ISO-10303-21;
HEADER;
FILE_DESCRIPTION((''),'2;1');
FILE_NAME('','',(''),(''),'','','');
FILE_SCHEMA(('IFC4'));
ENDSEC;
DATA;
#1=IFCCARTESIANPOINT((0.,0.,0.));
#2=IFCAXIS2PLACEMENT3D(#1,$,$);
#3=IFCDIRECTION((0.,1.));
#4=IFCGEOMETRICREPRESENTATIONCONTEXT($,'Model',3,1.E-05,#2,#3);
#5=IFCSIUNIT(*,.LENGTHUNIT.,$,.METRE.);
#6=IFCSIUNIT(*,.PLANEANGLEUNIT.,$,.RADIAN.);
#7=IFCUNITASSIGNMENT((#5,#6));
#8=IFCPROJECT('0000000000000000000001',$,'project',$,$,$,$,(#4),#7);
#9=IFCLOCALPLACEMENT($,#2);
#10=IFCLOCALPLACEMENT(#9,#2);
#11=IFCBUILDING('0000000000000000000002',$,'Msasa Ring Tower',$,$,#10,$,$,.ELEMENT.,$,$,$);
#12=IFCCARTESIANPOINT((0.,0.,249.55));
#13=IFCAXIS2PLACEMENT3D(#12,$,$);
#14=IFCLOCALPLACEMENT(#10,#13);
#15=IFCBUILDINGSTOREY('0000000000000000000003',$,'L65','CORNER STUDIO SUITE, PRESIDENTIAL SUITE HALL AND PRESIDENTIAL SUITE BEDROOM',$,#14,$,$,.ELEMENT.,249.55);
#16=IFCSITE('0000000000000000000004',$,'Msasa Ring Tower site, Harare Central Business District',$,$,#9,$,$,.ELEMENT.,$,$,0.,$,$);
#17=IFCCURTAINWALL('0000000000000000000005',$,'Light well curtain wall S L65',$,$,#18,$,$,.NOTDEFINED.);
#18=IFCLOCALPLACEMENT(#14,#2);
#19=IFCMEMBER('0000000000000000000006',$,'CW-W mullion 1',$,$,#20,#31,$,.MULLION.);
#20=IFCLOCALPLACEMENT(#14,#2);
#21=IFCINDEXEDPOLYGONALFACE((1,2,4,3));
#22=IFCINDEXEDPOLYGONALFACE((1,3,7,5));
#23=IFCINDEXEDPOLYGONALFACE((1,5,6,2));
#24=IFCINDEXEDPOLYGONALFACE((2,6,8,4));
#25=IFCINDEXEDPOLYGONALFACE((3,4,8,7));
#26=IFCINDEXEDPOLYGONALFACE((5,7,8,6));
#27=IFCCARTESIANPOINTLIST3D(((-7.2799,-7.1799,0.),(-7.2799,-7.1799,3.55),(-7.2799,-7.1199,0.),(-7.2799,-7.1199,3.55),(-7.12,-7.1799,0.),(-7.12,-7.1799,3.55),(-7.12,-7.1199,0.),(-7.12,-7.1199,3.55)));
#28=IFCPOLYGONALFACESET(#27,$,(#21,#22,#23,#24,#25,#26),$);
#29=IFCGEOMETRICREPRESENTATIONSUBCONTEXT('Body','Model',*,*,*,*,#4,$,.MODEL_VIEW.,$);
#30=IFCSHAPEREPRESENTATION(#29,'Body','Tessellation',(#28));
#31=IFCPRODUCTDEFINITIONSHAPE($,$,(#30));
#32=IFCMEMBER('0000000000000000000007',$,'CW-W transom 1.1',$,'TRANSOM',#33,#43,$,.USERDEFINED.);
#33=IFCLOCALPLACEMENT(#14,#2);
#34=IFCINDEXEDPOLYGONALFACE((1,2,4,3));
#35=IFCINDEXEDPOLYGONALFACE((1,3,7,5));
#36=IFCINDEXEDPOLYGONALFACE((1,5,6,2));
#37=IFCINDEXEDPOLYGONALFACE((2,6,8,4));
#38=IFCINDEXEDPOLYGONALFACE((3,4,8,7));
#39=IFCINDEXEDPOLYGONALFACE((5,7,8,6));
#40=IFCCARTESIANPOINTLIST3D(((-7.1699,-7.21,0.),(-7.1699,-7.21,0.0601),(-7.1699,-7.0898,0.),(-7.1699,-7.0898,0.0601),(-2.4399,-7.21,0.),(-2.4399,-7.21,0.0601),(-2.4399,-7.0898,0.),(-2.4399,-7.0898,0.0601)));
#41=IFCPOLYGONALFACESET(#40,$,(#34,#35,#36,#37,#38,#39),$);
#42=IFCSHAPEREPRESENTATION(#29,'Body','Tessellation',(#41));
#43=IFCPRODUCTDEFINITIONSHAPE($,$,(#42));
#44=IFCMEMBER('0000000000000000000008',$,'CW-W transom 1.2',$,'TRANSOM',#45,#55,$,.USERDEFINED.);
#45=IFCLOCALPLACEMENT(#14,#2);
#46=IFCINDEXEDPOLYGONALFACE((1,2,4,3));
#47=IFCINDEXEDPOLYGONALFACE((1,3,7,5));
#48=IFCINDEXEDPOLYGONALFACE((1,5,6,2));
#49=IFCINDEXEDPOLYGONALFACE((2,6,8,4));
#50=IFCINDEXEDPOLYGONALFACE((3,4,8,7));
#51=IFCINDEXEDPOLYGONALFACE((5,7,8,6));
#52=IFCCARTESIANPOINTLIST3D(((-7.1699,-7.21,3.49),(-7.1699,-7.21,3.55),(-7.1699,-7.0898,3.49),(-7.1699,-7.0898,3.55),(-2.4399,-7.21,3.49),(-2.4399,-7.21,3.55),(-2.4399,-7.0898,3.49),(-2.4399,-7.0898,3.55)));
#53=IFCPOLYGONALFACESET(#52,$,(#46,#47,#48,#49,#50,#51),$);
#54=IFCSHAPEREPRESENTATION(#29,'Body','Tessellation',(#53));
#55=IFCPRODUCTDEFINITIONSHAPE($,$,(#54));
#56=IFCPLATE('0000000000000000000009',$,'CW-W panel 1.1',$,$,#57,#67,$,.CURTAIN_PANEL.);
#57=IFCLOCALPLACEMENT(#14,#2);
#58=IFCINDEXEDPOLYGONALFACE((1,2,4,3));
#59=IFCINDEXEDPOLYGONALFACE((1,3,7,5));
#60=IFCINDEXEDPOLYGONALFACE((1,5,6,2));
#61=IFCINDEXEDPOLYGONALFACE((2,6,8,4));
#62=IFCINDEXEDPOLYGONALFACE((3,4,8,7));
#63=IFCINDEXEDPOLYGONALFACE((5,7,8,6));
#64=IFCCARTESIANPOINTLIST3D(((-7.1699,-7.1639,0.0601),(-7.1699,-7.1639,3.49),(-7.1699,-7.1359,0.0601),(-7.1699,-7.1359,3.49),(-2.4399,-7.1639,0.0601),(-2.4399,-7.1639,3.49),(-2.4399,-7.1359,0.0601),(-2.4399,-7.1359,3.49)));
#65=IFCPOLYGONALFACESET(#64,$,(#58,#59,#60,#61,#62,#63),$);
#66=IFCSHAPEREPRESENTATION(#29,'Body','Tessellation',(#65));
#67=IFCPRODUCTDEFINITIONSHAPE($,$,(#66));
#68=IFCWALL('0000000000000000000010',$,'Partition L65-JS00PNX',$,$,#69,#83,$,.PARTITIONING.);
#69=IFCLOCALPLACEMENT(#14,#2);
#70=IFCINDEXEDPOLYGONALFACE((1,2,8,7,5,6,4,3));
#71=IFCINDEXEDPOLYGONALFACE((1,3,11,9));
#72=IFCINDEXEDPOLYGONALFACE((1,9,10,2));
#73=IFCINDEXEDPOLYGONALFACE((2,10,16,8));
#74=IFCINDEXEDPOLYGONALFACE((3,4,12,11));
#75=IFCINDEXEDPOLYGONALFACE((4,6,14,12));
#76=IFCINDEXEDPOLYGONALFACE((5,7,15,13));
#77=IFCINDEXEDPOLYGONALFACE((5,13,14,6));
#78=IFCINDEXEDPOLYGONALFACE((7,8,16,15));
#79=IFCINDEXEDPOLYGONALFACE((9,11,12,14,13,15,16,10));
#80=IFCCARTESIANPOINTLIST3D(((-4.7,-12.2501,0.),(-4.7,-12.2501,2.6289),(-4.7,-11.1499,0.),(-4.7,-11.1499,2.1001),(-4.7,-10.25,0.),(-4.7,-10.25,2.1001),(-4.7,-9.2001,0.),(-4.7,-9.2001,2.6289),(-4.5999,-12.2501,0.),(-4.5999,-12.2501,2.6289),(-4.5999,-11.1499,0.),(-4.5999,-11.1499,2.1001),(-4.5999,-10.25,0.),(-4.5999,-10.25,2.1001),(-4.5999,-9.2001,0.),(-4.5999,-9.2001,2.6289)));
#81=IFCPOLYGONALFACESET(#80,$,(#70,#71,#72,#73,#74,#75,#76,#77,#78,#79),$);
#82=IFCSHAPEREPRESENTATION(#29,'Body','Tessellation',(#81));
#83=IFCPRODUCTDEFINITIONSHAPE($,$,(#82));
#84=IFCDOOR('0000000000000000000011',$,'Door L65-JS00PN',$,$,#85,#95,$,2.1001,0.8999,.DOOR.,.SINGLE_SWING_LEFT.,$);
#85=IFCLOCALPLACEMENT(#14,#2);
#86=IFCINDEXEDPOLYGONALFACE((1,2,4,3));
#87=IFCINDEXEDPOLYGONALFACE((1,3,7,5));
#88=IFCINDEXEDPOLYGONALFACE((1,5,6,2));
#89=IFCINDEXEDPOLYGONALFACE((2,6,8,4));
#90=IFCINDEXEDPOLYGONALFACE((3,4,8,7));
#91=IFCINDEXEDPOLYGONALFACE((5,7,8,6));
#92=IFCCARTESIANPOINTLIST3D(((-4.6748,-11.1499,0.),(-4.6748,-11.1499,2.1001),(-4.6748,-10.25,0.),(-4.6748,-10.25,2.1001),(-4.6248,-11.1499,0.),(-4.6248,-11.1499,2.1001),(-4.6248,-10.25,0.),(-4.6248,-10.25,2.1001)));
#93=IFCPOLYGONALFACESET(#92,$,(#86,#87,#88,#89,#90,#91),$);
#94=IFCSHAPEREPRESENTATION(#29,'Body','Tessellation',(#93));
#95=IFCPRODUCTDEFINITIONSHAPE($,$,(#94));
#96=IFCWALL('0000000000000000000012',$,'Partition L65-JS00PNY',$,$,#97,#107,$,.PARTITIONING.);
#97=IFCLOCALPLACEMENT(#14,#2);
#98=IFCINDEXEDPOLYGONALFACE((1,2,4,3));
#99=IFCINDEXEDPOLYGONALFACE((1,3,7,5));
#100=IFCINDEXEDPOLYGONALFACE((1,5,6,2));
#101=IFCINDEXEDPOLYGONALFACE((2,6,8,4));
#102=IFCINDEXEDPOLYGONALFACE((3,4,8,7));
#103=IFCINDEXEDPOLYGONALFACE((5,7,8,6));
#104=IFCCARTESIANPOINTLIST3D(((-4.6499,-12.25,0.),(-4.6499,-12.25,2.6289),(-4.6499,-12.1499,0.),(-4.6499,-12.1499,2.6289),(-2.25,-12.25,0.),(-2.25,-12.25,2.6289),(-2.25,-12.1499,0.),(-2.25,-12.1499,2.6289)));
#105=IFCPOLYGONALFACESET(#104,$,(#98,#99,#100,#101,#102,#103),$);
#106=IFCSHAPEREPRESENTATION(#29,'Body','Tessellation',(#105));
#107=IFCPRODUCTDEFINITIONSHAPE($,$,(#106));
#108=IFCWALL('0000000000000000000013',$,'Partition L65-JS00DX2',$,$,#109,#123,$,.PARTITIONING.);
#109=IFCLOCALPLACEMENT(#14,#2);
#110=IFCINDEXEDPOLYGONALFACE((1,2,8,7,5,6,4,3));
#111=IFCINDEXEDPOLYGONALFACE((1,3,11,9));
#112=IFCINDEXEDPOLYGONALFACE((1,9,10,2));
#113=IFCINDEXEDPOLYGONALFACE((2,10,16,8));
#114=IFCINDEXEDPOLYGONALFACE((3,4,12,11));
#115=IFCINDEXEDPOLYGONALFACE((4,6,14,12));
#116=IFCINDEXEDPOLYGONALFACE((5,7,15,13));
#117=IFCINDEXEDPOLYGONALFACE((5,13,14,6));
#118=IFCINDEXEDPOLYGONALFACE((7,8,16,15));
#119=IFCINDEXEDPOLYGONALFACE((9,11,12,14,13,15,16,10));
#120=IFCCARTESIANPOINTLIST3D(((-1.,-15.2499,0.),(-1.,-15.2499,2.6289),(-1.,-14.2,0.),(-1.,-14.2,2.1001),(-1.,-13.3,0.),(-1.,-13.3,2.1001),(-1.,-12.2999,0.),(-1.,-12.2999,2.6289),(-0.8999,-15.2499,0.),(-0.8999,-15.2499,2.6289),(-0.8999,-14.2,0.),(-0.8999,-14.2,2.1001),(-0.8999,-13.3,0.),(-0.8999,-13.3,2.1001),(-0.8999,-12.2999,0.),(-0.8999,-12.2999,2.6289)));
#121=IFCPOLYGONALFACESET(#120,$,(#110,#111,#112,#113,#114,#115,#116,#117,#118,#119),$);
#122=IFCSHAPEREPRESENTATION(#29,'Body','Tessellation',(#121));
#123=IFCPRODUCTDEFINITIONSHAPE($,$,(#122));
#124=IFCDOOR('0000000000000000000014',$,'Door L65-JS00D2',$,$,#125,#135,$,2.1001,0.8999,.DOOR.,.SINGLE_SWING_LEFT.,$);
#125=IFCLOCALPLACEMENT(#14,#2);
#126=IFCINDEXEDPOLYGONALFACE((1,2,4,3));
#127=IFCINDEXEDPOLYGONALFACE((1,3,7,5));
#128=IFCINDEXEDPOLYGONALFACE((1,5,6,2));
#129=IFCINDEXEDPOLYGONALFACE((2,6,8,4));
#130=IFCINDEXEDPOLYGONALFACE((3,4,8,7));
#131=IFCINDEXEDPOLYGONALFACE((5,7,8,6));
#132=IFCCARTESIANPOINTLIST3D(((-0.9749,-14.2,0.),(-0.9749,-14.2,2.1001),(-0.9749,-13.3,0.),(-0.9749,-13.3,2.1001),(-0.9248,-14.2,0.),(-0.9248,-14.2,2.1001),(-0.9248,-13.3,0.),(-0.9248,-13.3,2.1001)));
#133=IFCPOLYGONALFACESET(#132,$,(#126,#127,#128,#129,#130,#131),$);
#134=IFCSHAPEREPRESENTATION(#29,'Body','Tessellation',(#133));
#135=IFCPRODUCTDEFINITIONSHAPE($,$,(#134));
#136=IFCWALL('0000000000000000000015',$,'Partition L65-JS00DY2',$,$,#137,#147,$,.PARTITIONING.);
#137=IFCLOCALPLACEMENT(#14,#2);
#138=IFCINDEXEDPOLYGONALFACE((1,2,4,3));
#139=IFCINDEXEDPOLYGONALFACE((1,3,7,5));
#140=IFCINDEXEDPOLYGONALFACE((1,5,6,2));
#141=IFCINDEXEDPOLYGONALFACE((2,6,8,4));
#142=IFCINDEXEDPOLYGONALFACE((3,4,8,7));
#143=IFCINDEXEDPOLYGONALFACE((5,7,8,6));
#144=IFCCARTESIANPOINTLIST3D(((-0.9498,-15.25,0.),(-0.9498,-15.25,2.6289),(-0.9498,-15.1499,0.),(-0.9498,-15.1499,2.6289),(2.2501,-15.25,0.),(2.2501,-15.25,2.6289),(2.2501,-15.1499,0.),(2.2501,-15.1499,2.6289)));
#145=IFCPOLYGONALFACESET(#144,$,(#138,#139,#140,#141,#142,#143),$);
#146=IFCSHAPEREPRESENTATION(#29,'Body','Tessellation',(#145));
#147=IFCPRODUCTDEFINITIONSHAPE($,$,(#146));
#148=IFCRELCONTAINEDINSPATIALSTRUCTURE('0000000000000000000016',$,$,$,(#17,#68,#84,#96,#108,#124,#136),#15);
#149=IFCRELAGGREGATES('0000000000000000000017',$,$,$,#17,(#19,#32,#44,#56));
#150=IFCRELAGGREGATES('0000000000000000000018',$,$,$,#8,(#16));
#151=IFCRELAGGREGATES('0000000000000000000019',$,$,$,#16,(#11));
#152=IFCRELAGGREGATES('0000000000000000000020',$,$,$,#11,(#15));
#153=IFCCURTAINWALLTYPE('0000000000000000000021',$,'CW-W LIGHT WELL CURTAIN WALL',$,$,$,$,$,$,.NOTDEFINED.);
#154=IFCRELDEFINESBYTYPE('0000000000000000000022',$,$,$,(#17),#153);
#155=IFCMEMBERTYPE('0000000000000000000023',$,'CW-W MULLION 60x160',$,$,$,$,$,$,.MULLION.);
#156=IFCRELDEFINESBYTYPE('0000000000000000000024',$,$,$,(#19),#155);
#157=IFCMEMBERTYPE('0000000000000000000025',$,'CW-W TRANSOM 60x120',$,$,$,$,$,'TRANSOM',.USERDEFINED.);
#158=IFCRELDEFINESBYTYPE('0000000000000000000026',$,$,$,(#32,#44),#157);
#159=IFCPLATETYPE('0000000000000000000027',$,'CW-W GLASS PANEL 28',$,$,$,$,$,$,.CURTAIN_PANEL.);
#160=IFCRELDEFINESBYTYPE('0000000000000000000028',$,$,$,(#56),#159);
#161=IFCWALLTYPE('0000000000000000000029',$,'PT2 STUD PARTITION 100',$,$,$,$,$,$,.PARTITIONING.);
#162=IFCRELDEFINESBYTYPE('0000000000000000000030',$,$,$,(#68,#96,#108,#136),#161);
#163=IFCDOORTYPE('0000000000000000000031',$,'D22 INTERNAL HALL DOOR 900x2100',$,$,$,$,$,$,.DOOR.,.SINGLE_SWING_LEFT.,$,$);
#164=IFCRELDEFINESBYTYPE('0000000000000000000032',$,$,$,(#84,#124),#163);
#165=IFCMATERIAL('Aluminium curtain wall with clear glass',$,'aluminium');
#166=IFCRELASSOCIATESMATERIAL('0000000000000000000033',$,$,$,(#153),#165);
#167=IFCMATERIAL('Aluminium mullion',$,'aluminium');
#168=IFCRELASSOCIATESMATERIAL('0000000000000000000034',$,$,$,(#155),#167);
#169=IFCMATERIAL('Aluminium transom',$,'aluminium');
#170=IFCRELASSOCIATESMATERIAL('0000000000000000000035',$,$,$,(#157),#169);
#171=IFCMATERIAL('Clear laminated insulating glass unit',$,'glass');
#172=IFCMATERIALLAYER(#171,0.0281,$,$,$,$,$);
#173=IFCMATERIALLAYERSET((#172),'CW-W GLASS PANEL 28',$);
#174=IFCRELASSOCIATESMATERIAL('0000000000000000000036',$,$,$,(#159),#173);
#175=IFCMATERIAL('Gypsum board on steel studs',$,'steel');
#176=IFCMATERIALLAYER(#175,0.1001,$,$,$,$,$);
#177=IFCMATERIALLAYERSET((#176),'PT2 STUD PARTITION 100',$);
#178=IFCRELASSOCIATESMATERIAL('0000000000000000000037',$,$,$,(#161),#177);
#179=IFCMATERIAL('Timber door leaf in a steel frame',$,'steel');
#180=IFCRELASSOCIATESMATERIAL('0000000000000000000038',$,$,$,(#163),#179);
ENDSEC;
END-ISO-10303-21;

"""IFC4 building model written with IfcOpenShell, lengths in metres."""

from ifc_helpers import new_model, si_unit, direction, frame, frame_2d, origin, origin_2d, place, context, subcontext, project, spatial, rectangle, extrude, material, layer, layer_set, material_profile, profile_set, type_object, element, fill, aggregate, save


model = new_model("IFC4")

# Units and contexts
model_context = context("Model", 3, precision=1e-05, world=origin(), true_north=direction((0.0, 1.0)))
body_context = subcontext(model_context, "Body", "Model", "MODEL_VIEW")
ifc_project = project(units=[si_unit("LENGTHUNIT", "METRE"), si_unit("PLANEANGLEUNIT", "RADIAN")], contexts=[model_context])

# Site, building, storey
site_placement = place(None, origin())
site = spatial("IfcSite", under=ifc_project, at=site_placement, Name="Msasa Ring Tower site, Harare Central Business District", CompositionType="ELEMENT", RefElevation=0.0)
building_placement = place(site_placement, origin())
building = spatial("IfcBuilding", under=site, at=building_placement, Name="Msasa Ring Tower", CompositionType="ELEMENT")
storey_placement = place(building_placement, frame((0.0, 0.0, 249.55)))
storey = spatial("IfcBuildingStorey", under=building, at=storey_placement, Name="L65", Description="CORNER STUDIO SUITE, PRESIDENTIAL SUITE HALL AND PRESIDENTIAL SUITE BEDROOM", CompositionType="ELEMENT", Elevation=249.55)

# Curtain wall, members, plate
ifc_material_1 = material(Name="Aluminium curtain wall with clear glass", Category="aluminium")
curtain_wall_type = type_object("IfcCurtainWallType", Name="CW-W LIGHT WELL CURTAIN WALL", PredefinedType="NOTDEFINED", material=ifc_material_1)
curtain_wall_placement = place(storey_placement, origin())
curtain_wall = element("IfcCurtainWall", 1, at=curtain_wall_placement, inside=storey, type_object=curtain_wall_type, Name="Light well curtain wall S L65", PredefinedType="NOTDEFINED")
ifc_material_2 = material(Name="Aluminium mullion", Category="aluminium")
ifc_material_profile_1 = material_profile(ifc_material_2, rectangle(XDim=0.0601, YDim=0.1599, at=origin_2d()), Name="AL 60x160")
ifc_profile_set_1 = profile_set([ifc_material_profile_1], Name="Aluminium mullion")
member_type_1 = type_object("IfcMemberType", Name="CW-W MULLION 60x160", PredefinedType="MULLION", material=ifc_profile_set_1)
member_1_placement = place(storey_placement, frame((-7.2, -7.1499, 0.0), z_axis=(0.0, 0.0, 1.0), x_axis=(0.0, 1.0, 0.0)))
member_1 = element("IfcMember", 2, at=member_1_placement, type_object=member_type_1, Name="CW-W mullion 1", PredefinedType="MULLION", context=body_context, shape_type="SweptSolid", body=[
    extrude(rectangle(XDim=0.0601, YDim=0.1599, at=origin_2d()), origin(), (0.0, 0.0, 1.0), 3.55),
])
ifc_material_3 = material(Name="Aluminium transom", Category="aluminium")
ifc_material_profile_2 = material_profile(ifc_material_3, rectangle(XDim=0.1201, YDim=0.0601, at=origin_2d()), Name="AL 60x120")
ifc_profile_set_2 = profile_set([ifc_material_profile_2], Name="Aluminium transom")
member_type_2 = type_object("IfcMemberType", Name="CW-W TRANSOM 60x120", ElementType="TRANSOM", PredefinedType="USERDEFINED", material=ifc_profile_set_2)
member_2_placement = place(storey_placement, frame((-7.1699, -7.1499, 0.03), z_axis=(1.0, 0.0, 0.0), x_axis=(0.0, 1.0, 0.0)))
member_2 = element("IfcMember", 3, at=member_2_placement, type_object=member_type_2, Name="CW-W transom 1.1", ObjectType="TRANSOM", PredefinedType="USERDEFINED", context=body_context, shape_type="SweptSolid", body=[
    extrude(rectangle(XDim=0.1201, YDim=0.0601, at=origin_2d()), origin(), (0.0, 0.0, 1.0), 4.73),
])
member_3_placement = place(storey_placement, frame((-7.1699, -7.1499, 3.52), z_axis=(1.0, 0.0, 0.0), x_axis=(0.0, 1.0, 0.0)))
member_3 = element("IfcMember", 4, at=member_3_placement, type_object=member_type_2, Name="CW-W transom 1.2", ObjectType="TRANSOM", PredefinedType="USERDEFINED", context=body_context, shape_type="SweptSolid", body=[
    extrude(rectangle(XDim=0.1201, YDim=0.0601, at=origin_2d()), origin(), (0.0, 0.0, 1.0), 4.73),
])
ifc_material_4 = material(Name="Clear laminated insulating glass unit", Category="glass")
ifc_layer_1 = layer(ifc_material_4, 0.0281)
ifc_layer_set_1 = layer_set([ifc_layer_1], Name="CW-W GLASS PANEL 28")
plate_type = type_object("IfcPlateType", Name="CW-W GLASS PANEL 28", PredefinedType="CURTAIN_PANEL", material=ifc_layer_set_1)
plate_placement = place(storey_placement, frame((-4.8049, -7.1499, 0.0601), z_axis=(0.0, 0.0, 1.0), x_axis=(1.0, 0.0, 0.0)))
plate = element("IfcPlate", 5, at=plate_placement, type_object=plate_type, Name="CW-W panel 1.1", PredefinedType="CURTAIN_PANEL", context=body_context, shape_type="SweptSolid", body=[
    extrude(rectangle(XDim=4.73, YDim=0.0281, at=origin_2d()), origin(), (0.0, 0.0, 1.0), 3.4299),
])
aggregate(curtain_wall, [member_1, member_2, member_3, plate])

# Wall, opening, door
ifc_material_5 = material(Name="Gypsum board on steel studs", Category="steel")
ifc_layer_2 = layer(ifc_material_5, 0.1001)
ifc_layer_set_2 = layer_set([ifc_layer_2], Name="PT2 STUD PARTITION 100")
wall_type_1 = type_object("IfcWallType", Name="PT2 STUD PARTITION 100", PredefinedType="PARTITIONING", material=ifc_layer_set_2)
wall_1_placement = place(storey_placement, frame((-4.6499, -12.25, 0.0), z_axis=(0.0, 0.0, 1.0), x_axis=(0.0, 1.0, 0.0)))
wall_1 = element("IfcWall", 6, at=wall_1_placement, inside=storey, type_object=wall_type_1, Name="Partition L65-JS00PNX", PredefinedType="PARTITIONING", context=body_context, shape_type="SweptSolid", body=[
    extrude(rectangle(XDim=3.05, YDim=0.1001, at=frame_2d((1.5249, 0.0))), origin(), (0.0, 0.0, 1.0), 2.6289),
])
opening_1_placement = place(wall_1_placement, frame((1.1001, 0.0, 0.0)))
opening_1 = element("IfcOpeningElement", 7, at=opening_1_placement, cuts=wall_1, PredefinedType="OPENING", context=body_context, shape_type="SweptSolid", body=[
    extrude(rectangle(XDim=0.8999, YDim=2.1001, at=frame_2d((0.45, 1.05))), frame((0.0, 0.0601, 0.0), z_axis=(0.0, -1.0, 0.0), x_axis=(1.0, 0.0, 0.0)), (0.0, 0.0, 1.0), 0.1201),
])
ifc_material_6 = material(Name="Timber door leaf in a steel frame", Category="steel")
door_type_1 = type_object("IfcDoorType", Name="D22 INTERNAL HALL DOOR 900x2100", OperationType="SINGLE_SWING_LEFT", PredefinedType="DOOR", material=ifc_material_6)
door_1_placement = place(opening_1_placement, origin())
door_1 = element("IfcDoor", 8, at=door_1_placement, inside=storey, type_object=door_type_1, Name="Door L65-JS00PN", OperationType="SINGLE_SWING_LEFT", OverallHeight=2.1001, OverallWidth=0.8999, PredefinedType="DOOR", context=body_context, shape_type="SweptSolid", body=[
    extrude(rectangle(XDim=0.8999, YDim=2.1001, at=frame_2d((0.45, 1.05))), frame((0.0, 0.0249, 0.0), z_axis=(0.0, -1.0, 0.0), x_axis=(1.0, 0.0, 0.0)), (0.0, 0.0, 1.0), 0.05),
])
fill(opening_1, door_1)

# Wall
wall_2_placement = place(storey_placement, frame((-4.6499, -12.2, 0.0), z_axis=(0.0, 0.0, 1.0), x_axis=(1.0, 0.0, 0.0)))
element("IfcWall", 9, at=wall_2_placement, inside=storey, type_object=wall_type_1, Name="Partition L65-JS00PNY", PredefinedType="PARTITIONING", context=body_context, shape_type="SweptSolid", body=[
    extrude(rectangle(XDim=2.3999, YDim=0.1001, at=frame_2d((1.2, 0.0))), origin(), (0.0, 0.0, 1.0), 2.6289),
])

# Wall, opening, door
wall_3_placement = place(storey_placement, frame((-0.95, -15.25, 0.0), z_axis=(0.0, 0.0, 1.0), x_axis=(0.0, 1.0, 0.0)))
wall_3 = element("IfcWall", 10, at=wall_3_placement, inside=storey, type_object=wall_type_1, Name="Partition L65-JS00DX2", PredefinedType="PARTITIONING", context=body_context, shape_type="SweptSolid", body=[
    extrude(rectangle(XDim=2.95, YDim=0.1001, at=frame_2d((1.4751, 0.0))), origin(), (0.0, 0.0, 1.0), 2.6289),
])
opening_2_placement = place(wall_3_placement, frame((1.05, 0.0, 0.0)))
opening_2 = element("IfcOpeningElement", 11, at=opening_2_placement, cuts=wall_3, PredefinedType="OPENING", context=body_context, shape_type="SweptSolid", body=[
    extrude(rectangle(XDim=0.8999, YDim=2.1001, at=frame_2d((0.45, 1.05))), frame((0.0, 0.0601, 0.0), z_axis=(0.0, -1.0, 0.0), x_axis=(1.0, 0.0, 0.0)), (0.0, 0.0, 1.0), 0.1201),
])
door_2_placement = place(opening_2_placement, origin())
door_2 = element("IfcDoor", 12, at=door_2_placement, inside=storey, type_object=door_type_1, Name="Door L65-JS00D2", OperationType="SINGLE_SWING_LEFT", OverallHeight=2.1001, OverallWidth=0.8999, PredefinedType="DOOR", context=body_context, shape_type="SweptSolid", body=[
    extrude(rectangle(XDim=0.8999, YDim=2.1001, at=frame_2d((0.45, 1.05))), frame((0.0, 0.0249, 0.0), z_axis=(0.0, -1.0, 0.0), x_axis=(1.0, 0.0, 0.0)), (0.0, 0.0, 1.0), 0.05),
])
fill(opening_2, door_2)

# Wall
wall_4_placement = place(storey_placement, frame((-0.95, -15.2, 0.0), z_axis=(0.0, 0.0, 1.0), x_axis=(1.0, 0.0, 0.0)))
element("IfcWall", 13, at=wall_4_placement, inside=storey, type_object=wall_type_1, Name="Partition L65-JS00DY2", PredefinedType="PARTITIONING", context=body_context, shape_type="SweptSolid", body=[
    extrude(rectangle(XDim=3.2, YDim=0.1001, at=frame_2d((1.6001, 0.0))), origin(), (0.0, 0.0, 1.0), 2.6289),
])

save(model, "model.ifc")
